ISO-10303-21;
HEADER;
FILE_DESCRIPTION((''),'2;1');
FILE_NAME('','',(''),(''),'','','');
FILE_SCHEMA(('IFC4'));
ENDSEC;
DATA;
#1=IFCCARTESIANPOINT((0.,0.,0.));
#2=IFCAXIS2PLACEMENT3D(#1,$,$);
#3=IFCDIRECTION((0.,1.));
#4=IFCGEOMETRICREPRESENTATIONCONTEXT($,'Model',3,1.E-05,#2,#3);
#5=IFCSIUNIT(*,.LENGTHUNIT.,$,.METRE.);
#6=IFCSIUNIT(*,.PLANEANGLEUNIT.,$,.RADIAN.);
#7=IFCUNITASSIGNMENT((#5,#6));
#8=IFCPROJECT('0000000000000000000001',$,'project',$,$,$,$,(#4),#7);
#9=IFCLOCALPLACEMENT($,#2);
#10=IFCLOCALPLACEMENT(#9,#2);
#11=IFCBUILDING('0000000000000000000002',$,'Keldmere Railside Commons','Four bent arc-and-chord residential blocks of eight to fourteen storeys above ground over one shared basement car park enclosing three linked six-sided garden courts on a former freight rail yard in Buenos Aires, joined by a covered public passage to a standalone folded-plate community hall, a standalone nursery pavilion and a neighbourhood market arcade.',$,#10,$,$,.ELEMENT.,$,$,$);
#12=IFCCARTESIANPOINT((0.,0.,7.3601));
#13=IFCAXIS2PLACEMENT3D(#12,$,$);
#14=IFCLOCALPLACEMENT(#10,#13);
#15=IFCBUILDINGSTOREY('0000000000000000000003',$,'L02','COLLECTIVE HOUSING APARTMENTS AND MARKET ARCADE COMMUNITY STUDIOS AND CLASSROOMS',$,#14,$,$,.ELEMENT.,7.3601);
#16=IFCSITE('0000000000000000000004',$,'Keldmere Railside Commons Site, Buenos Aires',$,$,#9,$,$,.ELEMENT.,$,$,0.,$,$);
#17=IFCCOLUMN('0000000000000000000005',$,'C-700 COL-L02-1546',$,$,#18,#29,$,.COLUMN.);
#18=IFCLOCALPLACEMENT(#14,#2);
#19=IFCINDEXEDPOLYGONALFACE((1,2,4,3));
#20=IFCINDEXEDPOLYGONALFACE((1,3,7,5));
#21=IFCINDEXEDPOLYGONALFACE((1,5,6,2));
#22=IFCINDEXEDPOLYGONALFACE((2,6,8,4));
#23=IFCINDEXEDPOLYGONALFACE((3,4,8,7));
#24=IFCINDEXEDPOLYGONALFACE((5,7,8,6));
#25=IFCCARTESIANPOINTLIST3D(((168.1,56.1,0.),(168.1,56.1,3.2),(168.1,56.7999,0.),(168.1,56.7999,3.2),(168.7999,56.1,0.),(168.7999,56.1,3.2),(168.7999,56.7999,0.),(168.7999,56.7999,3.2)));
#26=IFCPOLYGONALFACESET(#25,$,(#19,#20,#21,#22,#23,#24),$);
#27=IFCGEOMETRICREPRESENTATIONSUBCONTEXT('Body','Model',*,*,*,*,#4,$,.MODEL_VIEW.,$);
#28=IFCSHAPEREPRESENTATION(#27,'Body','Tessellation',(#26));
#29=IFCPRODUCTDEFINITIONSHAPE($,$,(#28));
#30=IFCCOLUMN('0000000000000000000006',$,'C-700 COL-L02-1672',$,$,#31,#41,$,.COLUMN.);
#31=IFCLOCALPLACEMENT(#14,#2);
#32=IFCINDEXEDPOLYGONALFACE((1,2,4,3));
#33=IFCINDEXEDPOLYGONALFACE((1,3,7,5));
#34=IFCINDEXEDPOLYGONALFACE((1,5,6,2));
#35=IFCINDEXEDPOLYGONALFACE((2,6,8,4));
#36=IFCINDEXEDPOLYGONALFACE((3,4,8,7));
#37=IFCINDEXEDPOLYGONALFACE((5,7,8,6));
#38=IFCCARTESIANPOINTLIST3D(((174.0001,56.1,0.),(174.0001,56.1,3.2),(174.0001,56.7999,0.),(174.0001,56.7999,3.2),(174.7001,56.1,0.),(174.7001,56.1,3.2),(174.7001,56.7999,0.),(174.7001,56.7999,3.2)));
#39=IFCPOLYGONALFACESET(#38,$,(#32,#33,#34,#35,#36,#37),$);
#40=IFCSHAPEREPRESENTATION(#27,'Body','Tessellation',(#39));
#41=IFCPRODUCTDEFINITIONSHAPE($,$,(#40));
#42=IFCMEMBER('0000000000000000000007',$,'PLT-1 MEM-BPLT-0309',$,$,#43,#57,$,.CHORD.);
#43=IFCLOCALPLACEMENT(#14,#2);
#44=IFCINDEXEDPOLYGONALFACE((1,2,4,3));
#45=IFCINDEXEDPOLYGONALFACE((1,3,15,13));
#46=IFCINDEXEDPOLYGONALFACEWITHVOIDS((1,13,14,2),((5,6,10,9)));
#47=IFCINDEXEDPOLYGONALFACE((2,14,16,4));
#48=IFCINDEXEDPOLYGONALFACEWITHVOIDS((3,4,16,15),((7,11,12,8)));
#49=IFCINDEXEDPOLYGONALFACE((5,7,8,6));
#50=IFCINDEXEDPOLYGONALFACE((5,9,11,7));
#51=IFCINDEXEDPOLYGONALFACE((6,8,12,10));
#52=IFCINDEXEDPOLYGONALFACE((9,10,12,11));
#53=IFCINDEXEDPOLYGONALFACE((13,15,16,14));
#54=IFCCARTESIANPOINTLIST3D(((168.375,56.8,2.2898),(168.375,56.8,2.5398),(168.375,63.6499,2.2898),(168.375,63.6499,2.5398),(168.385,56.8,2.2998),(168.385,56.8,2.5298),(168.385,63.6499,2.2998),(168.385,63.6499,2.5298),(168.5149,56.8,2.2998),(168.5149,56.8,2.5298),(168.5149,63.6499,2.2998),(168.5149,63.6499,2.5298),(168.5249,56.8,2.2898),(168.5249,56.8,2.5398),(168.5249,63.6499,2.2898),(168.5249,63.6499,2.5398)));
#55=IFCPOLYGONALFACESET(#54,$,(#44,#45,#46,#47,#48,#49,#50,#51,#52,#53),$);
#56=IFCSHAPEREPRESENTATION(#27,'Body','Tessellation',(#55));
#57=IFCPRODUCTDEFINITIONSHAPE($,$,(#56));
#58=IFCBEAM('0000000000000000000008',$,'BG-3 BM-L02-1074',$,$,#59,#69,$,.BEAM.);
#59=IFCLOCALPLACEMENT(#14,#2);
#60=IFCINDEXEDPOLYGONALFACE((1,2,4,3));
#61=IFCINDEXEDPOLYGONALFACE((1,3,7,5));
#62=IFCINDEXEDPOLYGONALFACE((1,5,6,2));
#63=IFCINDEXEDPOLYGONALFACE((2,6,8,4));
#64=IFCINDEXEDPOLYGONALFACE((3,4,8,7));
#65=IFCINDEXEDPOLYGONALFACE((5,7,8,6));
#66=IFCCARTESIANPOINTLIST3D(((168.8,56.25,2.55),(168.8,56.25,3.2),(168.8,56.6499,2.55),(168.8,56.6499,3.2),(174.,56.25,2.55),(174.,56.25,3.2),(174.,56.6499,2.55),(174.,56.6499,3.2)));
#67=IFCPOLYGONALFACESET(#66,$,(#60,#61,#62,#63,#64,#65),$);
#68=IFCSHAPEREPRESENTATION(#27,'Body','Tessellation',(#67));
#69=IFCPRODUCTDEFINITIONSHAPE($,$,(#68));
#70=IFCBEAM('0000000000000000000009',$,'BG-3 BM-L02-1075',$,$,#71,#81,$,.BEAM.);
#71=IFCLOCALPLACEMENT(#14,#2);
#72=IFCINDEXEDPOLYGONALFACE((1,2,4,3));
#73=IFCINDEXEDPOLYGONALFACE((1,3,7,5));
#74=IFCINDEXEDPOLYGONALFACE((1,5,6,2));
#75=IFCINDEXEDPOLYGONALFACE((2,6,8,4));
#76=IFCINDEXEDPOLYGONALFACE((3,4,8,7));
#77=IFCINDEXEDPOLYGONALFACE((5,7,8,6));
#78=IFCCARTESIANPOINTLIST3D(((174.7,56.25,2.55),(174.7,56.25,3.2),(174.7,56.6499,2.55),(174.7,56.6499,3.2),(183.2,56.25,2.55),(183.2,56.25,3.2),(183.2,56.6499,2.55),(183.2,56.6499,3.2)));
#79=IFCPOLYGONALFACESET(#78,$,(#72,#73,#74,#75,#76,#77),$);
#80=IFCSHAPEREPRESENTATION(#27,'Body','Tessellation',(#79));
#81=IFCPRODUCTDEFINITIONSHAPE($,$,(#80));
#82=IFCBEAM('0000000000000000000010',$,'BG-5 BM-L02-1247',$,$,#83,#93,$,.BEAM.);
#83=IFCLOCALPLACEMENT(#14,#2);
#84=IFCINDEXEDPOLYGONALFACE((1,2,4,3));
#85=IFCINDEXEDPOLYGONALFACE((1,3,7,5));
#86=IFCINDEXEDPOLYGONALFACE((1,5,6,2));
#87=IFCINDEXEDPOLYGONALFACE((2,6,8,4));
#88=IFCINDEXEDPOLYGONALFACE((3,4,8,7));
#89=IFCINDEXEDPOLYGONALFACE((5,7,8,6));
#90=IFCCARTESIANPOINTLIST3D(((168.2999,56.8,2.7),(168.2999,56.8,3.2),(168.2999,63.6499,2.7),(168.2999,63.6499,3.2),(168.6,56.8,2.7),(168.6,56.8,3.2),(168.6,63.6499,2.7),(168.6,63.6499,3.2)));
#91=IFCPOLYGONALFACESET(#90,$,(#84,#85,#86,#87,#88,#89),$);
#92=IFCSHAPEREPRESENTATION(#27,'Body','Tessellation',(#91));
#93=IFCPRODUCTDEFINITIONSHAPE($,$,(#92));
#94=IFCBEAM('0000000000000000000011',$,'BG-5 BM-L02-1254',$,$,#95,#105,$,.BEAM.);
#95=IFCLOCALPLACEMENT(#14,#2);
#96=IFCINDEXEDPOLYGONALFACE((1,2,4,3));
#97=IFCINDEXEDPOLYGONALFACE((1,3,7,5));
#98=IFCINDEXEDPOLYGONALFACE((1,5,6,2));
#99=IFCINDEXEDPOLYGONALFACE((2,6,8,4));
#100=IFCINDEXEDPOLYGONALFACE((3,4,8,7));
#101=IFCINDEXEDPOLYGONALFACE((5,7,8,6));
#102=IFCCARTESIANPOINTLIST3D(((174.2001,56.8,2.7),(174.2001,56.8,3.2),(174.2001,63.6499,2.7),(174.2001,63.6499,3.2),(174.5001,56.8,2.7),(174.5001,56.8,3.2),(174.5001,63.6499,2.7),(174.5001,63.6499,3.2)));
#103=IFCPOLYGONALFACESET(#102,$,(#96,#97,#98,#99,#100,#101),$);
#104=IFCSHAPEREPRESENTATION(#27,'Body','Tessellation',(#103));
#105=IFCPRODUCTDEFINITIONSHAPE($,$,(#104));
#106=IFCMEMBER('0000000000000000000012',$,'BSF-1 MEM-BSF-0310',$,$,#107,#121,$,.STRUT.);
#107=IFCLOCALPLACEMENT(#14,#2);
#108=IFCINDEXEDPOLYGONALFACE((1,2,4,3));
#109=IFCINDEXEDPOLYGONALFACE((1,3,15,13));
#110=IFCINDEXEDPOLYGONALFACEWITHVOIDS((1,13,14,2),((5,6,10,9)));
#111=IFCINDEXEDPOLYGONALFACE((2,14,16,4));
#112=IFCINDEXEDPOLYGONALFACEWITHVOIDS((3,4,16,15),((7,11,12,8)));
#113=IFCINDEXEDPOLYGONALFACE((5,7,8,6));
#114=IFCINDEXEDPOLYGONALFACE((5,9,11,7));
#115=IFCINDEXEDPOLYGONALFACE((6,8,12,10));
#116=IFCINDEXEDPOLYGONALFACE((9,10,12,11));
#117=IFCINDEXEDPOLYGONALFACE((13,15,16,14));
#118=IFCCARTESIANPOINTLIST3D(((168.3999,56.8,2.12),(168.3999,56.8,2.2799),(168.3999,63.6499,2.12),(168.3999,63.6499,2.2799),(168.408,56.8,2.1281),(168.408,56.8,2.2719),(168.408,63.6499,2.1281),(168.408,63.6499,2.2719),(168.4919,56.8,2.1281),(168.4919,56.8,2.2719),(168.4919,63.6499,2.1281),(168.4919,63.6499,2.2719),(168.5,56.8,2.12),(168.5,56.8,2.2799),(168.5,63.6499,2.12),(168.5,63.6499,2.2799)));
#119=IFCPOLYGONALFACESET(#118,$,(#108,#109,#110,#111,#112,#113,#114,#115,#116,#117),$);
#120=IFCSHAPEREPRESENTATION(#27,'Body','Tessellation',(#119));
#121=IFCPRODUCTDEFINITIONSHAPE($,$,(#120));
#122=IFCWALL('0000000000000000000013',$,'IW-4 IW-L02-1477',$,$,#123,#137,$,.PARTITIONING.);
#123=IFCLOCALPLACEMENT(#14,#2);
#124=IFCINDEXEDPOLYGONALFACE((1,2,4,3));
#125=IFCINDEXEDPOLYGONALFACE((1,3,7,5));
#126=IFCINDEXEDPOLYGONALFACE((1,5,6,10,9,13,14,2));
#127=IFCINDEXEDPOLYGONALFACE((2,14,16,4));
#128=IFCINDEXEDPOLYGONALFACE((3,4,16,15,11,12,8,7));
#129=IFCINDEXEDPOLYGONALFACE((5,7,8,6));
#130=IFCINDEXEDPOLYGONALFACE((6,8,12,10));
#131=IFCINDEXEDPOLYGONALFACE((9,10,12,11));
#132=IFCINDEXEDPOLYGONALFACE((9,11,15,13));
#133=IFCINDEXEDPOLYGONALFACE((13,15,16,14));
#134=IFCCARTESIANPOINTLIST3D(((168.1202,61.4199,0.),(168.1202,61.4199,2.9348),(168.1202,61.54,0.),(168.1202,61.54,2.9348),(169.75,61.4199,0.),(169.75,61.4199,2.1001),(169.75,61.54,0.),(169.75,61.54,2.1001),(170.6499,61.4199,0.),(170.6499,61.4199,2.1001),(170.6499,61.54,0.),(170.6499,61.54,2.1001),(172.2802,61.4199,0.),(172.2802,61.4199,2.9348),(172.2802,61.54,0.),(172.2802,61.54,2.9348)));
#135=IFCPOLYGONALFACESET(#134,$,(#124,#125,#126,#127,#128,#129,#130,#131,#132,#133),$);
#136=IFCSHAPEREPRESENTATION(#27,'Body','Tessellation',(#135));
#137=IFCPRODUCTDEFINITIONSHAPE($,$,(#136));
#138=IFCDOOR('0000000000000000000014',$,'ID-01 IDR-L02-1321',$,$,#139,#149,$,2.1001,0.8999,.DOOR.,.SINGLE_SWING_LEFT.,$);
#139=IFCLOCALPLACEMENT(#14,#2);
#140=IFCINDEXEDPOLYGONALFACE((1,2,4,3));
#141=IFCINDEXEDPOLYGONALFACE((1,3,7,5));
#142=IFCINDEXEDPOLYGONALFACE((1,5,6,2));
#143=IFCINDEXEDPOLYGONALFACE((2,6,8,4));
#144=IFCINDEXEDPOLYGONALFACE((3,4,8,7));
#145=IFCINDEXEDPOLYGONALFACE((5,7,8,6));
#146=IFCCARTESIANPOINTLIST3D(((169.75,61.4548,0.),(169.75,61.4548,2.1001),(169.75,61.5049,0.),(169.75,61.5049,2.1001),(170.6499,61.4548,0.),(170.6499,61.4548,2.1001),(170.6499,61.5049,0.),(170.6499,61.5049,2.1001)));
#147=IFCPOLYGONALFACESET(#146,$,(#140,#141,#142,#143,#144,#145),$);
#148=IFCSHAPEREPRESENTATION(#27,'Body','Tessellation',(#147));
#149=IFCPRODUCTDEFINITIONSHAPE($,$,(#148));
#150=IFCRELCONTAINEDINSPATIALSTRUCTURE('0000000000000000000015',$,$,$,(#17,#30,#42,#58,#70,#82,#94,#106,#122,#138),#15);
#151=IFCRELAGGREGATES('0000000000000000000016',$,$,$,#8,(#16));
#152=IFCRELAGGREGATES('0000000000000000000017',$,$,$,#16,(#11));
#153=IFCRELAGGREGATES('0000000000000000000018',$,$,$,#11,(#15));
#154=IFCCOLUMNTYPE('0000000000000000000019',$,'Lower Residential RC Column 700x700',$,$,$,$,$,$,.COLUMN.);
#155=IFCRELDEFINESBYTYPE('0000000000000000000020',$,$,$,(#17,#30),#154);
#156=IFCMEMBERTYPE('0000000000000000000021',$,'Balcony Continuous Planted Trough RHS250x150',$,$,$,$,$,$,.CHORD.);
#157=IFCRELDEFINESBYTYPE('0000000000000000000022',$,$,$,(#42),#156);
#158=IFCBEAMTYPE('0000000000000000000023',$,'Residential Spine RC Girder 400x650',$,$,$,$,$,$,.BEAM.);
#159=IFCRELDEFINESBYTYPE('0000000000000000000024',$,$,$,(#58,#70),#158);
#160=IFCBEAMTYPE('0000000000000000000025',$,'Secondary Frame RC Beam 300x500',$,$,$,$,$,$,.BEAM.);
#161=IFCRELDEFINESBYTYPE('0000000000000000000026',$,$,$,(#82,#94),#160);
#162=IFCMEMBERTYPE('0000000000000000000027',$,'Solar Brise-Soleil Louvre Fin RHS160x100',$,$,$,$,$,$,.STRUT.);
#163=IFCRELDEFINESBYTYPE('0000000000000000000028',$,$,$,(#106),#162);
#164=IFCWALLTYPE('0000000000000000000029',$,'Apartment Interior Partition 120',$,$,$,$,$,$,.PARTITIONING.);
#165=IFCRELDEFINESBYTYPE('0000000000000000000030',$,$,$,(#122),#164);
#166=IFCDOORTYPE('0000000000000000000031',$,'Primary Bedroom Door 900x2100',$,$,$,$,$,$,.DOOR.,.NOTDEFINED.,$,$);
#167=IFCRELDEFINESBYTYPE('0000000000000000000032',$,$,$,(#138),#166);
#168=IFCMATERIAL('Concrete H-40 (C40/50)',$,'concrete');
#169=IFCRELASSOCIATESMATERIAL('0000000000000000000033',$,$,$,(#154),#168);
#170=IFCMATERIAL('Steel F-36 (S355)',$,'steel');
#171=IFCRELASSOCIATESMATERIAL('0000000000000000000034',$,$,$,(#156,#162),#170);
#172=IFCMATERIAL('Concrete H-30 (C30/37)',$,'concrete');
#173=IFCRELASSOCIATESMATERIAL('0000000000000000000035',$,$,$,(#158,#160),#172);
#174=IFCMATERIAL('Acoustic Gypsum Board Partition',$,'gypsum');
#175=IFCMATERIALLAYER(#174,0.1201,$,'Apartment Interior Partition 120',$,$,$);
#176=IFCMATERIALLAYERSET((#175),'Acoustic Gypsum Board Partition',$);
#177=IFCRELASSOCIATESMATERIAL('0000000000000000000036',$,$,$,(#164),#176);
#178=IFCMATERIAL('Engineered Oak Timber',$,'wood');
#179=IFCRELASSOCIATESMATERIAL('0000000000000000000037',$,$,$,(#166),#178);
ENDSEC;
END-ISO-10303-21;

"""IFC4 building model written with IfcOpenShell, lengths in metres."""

from ifc_helpers import new_model, si_unit, direction, frame, frame_2d, origin, origin_2d, place, context, subcontext, project, spatial, rectangle, hollow_rectangle, extrude, material, layer, layer_set, material_profile, profile_set, type_object, element, fill, save


model = new_model("IFC4")

# Units and contexts
model_context = context("Model", 3, precision=1e-05, world=origin(), true_north=direction((0.0, 1.0)))
body_context = subcontext(model_context, "Body", "Model", "MODEL_VIEW")
ifc_project = project(units=[si_unit("LENGTHUNIT", "METRE"), si_unit("PLANEANGLEUNIT", "RADIAN")], contexts=[model_context])

# Site, building, storey
site_placement = place(None, origin())
site = spatial("IfcSite", under=ifc_project, at=site_placement, Name="Keldmere Railside Commons Site, Buenos Aires", CompositionType="ELEMENT", RefElevation=0.0)
building_placement = place(site_placement, origin())
building = spatial("IfcBuilding", under=site, at=building_placement, Name="Keldmere Railside Commons", Description="Four bent arc-and-chord residential blocks of eight to fourteen storeys above ground over one shared basement car park enclosing three linked six-sided garden courts on a former freight rail yard in Buenos Aires, joined by a covered public passage to a standalone folded-plate community hall, a standalone nursery pavilion and a neighbourhood market arcade.", CompositionType="ELEMENT")
storey_placement = place(building_placement, frame((0.0, 0.0, 7.3601)))
storey = spatial("IfcBuildingStorey", under=building, at=storey_placement, Name="L02", Description="COLLECTIVE HOUSING APARTMENTS AND MARKET ARCADE COMMUNITY STUDIOS AND CLASSROOMS", CompositionType="ELEMENT", Elevation=7.3601)

# Columns
ifc_material_1 = material(Name="Concrete H-40 (C40/50)", Category="concrete")
ifc_material_profile_1 = material_profile(ifc_material_1, rectangle(XDim=0.7, YDim=0.7, at=origin_2d()), Name="RC-700x700")
ifc_profile_set_1 = profile_set([ifc_material_profile_1], Name="Concrete H-40 (C40/50)")
column_type = type_object("IfcColumnType", Name="Lower Residential RC Column 700x700", PredefinedType="COLUMN", material=ifc_profile_set_1)
for number, where, z_axis, x_axis, name in (
    (1, (168.45, 56.45, 0.0), (0.0, 0.0, 1.0), (1.0, 0.0, 0.0), "C-700 COL-L02-1546"),
    (2, (174.3501, 56.45, 0.0), (0.0, 0.0, 1.0), (1.0, 0.0, 0.0), "C-700 COL-L02-1672"),
):
    element("IfcColumn", number, at=place(storey_placement, frame(where, z_axis=z_axis, x_axis=x_axis)), inside=storey, type_object=column_type, Name=name, PredefinedType="COLUMN", context=body_context, shape_type="SweptSolid", body=[
        extrude(rectangle(XDim=0.7, YDim=0.7, at=origin_2d()), origin(), (0.0, 0.0, 1.0), 3.2),
    ])

# Member
ifc_material_2 = material(Name="Steel F-36 (S355)", Category="steel")
ifc_material_profile_2 = material_profile(ifc_material_2, hollow_rectangle(XDim=0.1499, YDim=0.25, WallThickness=0.01, at=origin_2d()), Name="RHS-250x150x10")
ifc_profile_set_2 = profile_set([ifc_material_profile_2], Name="Steel F-36 (S355)")
member_type_1 = type_object("IfcMemberType", Name="Balcony Continuous Planted Trough RHS250x150", PredefinedType="CHORD", material=ifc_profile_set_2)
member_1_placement = place(storey_placement, frame((168.45, 56.8, 2.4148), z_axis=(0.0, 1.0, 0.0), x_axis=(-1.0, 0.0, 0.0)))
element("IfcMember", 3, at=member_1_placement, inside=storey, type_object=member_type_1, Name="PLT-1 MEM-BPLT-0309", PredefinedType="CHORD", context=body_context, shape_type="SweptSolid", body=[
    extrude(hollow_rectangle(XDim=0.1499, YDim=0.25, WallThickness=0.01, at=origin_2d()), origin(), (0.0, 0.0, 1.0), 6.8499),
])

# Beams
ifc_material_3 = material(Name="Concrete H-30 (C30/37)", Category="concrete")
ifc_material_profile_3 = material_profile(ifc_material_3, rectangle(XDim=0.3999, YDim=0.6499, at=origin_2d()), Name="RC-400x650")
ifc_profile_set_3 = profile_set([ifc_material_profile_3], Name="Concrete H-30 (C30/37)")
beam_type_1 = type_object("IfcBeamType", Name="Residential Spine RC Girder 400x650", PredefinedType="BEAM", material=ifc_profile_set_3)
beam_1_placement = place(storey_placement, frame((168.8, 56.45, 2.875), z_axis=(1.0, 0.0, 0.0), x_axis=(0.0, 1.0, 0.0)))
element("IfcBeam", 4, at=beam_1_placement, inside=storey, type_object=beam_type_1, Name="BG-3 BM-L02-1074", PredefinedType="BEAM", context=body_context, shape_type="SweptSolid", body=[
    extrude(rectangle(XDim=0.3999, YDim=0.6499, at=origin_2d()), origin(), (0.0, 0.0, 1.0), 5.2),
])
beam_2_placement = place(storey_placement, frame((174.7, 56.45, 2.875), z_axis=(1.0, 0.0, 0.0), x_axis=(0.0, 1.0, 0.0)))
element("IfcBeam", 5, at=beam_2_placement, inside=storey, type_object=beam_type_1, Name="BG-3 BM-L02-1075", PredefinedType="BEAM", context=body_context, shape_type="SweptSolid", body=[
    extrude(rectangle(XDim=0.3999, YDim=0.6499, at=origin_2d()), origin(), (0.0, 0.0, 1.0), 8.5),
])
ifc_material_profile_4 = material_profile(ifc_material_3, rectangle(XDim=0.3, YDim=0.5, at=origin_2d()), Name="RC-300x500")
ifc_profile_set_4 = profile_set([ifc_material_profile_4], Name="Concrete H-30 (C30/37)")
beam_type_2 = type_object("IfcBeamType", Name="Secondary Frame RC Beam 300x500", PredefinedType="BEAM", material=ifc_profile_set_4)
for number, where, z_axis, x_axis, name in (
    (6, (168.45, 56.8, 2.95), (0.0, 1.0, 0.0), (-1.0, 0.0, 0.0), "BG-5 BM-L02-1247"),
    (7, (174.3501, 56.8, 2.95), (0.0, 1.0, 0.0), (-1.0, 0.0, 0.0), "BG-5 BM-L02-1254"),
):
    element("IfcBeam", number, at=place(storey_placement, frame(where, z_axis=z_axis, x_axis=x_axis)), inside=storey, type_object=beam_type_2, Name=name, PredefinedType="BEAM", context=body_context, shape_type="SweptSolid", body=[
        extrude(rectangle(XDim=0.3, YDim=0.5, at=origin_2d()), origin(), (0.0, 0.0, 1.0), 6.8499),
    ])

# Member
ifc_material_profile_5 = material_profile(ifc_material_2, hollow_rectangle(XDim=0.1001, YDim=0.1599, WallThickness=0.0081, at=origin_2d()), Name="RHS-160x100x8")
ifc_profile_set_5 = profile_set([ifc_material_profile_5], Name="Steel F-36 (S355)")
member_type_2 = type_object("IfcMemberType", Name="Solar Brise-Soleil Louvre Fin RHS160x100", PredefinedType="STRUT", material=ifc_profile_set_5)
member_2_placement = place(storey_placement, frame((168.45, 56.8, 2.2), z_axis=(0.0, 1.0, 0.0), x_axis=(-1.0, 0.0, 0.0)))
element("IfcMember", 8, at=member_2_placement, inside=storey, type_object=member_type_2, Name="BSF-1 MEM-BSF-0310", PredefinedType="STRUT", context=body_context, shape_type="SweptSolid", body=[
    extrude(hollow_rectangle(XDim=0.1001, YDim=0.1599, WallThickness=0.0081, at=origin_2d()), origin(), (0.0, 0.0, 1.0), 6.8499),
])

# Wall, opening, door
ifc_material_4 = material(Name="Acoustic Gypsum Board Partition", Category="gypsum")
ifc_layer_1 = layer(ifc_material_4, 0.1201, Name="Apartment Interior Partition 120")
ifc_layer_set_1 = layer_set([ifc_layer_1], Name="Acoustic Gypsum Board Partition")
wall_type_1 = type_object("IfcWallType", Name="Apartment Interior Partition 120", PredefinedType="PARTITIONING", material=ifc_layer_set_1)
wall_1_placement = place(storey_placement, frame((168.1201, 61.48, 0.0), z_axis=(0.0, 0.0, 1.0), x_axis=(1.0, 0.0, 0.0)))
wall_1 = element("IfcWall", 9, at=wall_1_placement, inside=storey, type_object=wall_type_1, Name="IW-4 IW-L02-1477", PredefinedType="PARTITIONING", context=body_context, shape_type="SweptSolid", body=[
    extrude(rectangle(XDim=4.1599, YDim=0.1201, at=frame_2d((2.0801, 0.0))), origin(), (0.0, 0.0, 1.0), 2.9348),
])
opening_1_placement = place(wall_1_placement, frame((1.6299, 0.0, 0.0)))
opening_1 = element("IfcOpeningElement", 10, at=opening_1_placement, cuts=wall_1, PredefinedType="OPENING", context=body_context, shape_type="SweptSolid", body=[
    extrude(rectangle(XDim=0.8999, YDim=2.1001, at=frame_2d((0.45, 1.05))), frame((0.0, 0.0701, 0.0), z_axis=(0.0, -1.0, 0.0), x_axis=(1.0, 0.0, 0.0)), (0.0, 0.0, 1.0), 0.1401),
])
ifc_material_5 = material(Name="Engineered Oak Timber", Category="wood")
door_type_1 = type_object("IfcDoorType", Name="Primary Bedroom Door 900x2100", OperationType="NOTDEFINED", PredefinedType="DOOR", material=ifc_material_5)
door_1_placement = place(opening_1_placement, origin())
door_1 = element("IfcDoor", 11, at=door_1_placement, inside=storey, type_object=door_type_1, Name="ID-01 IDR-L02-1321", OperationType="SINGLE_SWING_LEFT", OverallHeight=2.1001, OverallWidth=0.8999, PredefinedType="DOOR", context=body_context, shape_type="SweptSolid", body=[
    extrude(rectangle(XDim=0.8999, YDim=2.1001, at=frame_2d((0.45, 1.05))), frame((0.0, 0.0249, 0.0), z_axis=(0.0, -1.0, 0.0), x_axis=(1.0, 0.0, 0.0)), (0.0, 0.0, 1.0), 0.05),
])
fill(opening_1, door_1)

save(model, "model.ifc")
